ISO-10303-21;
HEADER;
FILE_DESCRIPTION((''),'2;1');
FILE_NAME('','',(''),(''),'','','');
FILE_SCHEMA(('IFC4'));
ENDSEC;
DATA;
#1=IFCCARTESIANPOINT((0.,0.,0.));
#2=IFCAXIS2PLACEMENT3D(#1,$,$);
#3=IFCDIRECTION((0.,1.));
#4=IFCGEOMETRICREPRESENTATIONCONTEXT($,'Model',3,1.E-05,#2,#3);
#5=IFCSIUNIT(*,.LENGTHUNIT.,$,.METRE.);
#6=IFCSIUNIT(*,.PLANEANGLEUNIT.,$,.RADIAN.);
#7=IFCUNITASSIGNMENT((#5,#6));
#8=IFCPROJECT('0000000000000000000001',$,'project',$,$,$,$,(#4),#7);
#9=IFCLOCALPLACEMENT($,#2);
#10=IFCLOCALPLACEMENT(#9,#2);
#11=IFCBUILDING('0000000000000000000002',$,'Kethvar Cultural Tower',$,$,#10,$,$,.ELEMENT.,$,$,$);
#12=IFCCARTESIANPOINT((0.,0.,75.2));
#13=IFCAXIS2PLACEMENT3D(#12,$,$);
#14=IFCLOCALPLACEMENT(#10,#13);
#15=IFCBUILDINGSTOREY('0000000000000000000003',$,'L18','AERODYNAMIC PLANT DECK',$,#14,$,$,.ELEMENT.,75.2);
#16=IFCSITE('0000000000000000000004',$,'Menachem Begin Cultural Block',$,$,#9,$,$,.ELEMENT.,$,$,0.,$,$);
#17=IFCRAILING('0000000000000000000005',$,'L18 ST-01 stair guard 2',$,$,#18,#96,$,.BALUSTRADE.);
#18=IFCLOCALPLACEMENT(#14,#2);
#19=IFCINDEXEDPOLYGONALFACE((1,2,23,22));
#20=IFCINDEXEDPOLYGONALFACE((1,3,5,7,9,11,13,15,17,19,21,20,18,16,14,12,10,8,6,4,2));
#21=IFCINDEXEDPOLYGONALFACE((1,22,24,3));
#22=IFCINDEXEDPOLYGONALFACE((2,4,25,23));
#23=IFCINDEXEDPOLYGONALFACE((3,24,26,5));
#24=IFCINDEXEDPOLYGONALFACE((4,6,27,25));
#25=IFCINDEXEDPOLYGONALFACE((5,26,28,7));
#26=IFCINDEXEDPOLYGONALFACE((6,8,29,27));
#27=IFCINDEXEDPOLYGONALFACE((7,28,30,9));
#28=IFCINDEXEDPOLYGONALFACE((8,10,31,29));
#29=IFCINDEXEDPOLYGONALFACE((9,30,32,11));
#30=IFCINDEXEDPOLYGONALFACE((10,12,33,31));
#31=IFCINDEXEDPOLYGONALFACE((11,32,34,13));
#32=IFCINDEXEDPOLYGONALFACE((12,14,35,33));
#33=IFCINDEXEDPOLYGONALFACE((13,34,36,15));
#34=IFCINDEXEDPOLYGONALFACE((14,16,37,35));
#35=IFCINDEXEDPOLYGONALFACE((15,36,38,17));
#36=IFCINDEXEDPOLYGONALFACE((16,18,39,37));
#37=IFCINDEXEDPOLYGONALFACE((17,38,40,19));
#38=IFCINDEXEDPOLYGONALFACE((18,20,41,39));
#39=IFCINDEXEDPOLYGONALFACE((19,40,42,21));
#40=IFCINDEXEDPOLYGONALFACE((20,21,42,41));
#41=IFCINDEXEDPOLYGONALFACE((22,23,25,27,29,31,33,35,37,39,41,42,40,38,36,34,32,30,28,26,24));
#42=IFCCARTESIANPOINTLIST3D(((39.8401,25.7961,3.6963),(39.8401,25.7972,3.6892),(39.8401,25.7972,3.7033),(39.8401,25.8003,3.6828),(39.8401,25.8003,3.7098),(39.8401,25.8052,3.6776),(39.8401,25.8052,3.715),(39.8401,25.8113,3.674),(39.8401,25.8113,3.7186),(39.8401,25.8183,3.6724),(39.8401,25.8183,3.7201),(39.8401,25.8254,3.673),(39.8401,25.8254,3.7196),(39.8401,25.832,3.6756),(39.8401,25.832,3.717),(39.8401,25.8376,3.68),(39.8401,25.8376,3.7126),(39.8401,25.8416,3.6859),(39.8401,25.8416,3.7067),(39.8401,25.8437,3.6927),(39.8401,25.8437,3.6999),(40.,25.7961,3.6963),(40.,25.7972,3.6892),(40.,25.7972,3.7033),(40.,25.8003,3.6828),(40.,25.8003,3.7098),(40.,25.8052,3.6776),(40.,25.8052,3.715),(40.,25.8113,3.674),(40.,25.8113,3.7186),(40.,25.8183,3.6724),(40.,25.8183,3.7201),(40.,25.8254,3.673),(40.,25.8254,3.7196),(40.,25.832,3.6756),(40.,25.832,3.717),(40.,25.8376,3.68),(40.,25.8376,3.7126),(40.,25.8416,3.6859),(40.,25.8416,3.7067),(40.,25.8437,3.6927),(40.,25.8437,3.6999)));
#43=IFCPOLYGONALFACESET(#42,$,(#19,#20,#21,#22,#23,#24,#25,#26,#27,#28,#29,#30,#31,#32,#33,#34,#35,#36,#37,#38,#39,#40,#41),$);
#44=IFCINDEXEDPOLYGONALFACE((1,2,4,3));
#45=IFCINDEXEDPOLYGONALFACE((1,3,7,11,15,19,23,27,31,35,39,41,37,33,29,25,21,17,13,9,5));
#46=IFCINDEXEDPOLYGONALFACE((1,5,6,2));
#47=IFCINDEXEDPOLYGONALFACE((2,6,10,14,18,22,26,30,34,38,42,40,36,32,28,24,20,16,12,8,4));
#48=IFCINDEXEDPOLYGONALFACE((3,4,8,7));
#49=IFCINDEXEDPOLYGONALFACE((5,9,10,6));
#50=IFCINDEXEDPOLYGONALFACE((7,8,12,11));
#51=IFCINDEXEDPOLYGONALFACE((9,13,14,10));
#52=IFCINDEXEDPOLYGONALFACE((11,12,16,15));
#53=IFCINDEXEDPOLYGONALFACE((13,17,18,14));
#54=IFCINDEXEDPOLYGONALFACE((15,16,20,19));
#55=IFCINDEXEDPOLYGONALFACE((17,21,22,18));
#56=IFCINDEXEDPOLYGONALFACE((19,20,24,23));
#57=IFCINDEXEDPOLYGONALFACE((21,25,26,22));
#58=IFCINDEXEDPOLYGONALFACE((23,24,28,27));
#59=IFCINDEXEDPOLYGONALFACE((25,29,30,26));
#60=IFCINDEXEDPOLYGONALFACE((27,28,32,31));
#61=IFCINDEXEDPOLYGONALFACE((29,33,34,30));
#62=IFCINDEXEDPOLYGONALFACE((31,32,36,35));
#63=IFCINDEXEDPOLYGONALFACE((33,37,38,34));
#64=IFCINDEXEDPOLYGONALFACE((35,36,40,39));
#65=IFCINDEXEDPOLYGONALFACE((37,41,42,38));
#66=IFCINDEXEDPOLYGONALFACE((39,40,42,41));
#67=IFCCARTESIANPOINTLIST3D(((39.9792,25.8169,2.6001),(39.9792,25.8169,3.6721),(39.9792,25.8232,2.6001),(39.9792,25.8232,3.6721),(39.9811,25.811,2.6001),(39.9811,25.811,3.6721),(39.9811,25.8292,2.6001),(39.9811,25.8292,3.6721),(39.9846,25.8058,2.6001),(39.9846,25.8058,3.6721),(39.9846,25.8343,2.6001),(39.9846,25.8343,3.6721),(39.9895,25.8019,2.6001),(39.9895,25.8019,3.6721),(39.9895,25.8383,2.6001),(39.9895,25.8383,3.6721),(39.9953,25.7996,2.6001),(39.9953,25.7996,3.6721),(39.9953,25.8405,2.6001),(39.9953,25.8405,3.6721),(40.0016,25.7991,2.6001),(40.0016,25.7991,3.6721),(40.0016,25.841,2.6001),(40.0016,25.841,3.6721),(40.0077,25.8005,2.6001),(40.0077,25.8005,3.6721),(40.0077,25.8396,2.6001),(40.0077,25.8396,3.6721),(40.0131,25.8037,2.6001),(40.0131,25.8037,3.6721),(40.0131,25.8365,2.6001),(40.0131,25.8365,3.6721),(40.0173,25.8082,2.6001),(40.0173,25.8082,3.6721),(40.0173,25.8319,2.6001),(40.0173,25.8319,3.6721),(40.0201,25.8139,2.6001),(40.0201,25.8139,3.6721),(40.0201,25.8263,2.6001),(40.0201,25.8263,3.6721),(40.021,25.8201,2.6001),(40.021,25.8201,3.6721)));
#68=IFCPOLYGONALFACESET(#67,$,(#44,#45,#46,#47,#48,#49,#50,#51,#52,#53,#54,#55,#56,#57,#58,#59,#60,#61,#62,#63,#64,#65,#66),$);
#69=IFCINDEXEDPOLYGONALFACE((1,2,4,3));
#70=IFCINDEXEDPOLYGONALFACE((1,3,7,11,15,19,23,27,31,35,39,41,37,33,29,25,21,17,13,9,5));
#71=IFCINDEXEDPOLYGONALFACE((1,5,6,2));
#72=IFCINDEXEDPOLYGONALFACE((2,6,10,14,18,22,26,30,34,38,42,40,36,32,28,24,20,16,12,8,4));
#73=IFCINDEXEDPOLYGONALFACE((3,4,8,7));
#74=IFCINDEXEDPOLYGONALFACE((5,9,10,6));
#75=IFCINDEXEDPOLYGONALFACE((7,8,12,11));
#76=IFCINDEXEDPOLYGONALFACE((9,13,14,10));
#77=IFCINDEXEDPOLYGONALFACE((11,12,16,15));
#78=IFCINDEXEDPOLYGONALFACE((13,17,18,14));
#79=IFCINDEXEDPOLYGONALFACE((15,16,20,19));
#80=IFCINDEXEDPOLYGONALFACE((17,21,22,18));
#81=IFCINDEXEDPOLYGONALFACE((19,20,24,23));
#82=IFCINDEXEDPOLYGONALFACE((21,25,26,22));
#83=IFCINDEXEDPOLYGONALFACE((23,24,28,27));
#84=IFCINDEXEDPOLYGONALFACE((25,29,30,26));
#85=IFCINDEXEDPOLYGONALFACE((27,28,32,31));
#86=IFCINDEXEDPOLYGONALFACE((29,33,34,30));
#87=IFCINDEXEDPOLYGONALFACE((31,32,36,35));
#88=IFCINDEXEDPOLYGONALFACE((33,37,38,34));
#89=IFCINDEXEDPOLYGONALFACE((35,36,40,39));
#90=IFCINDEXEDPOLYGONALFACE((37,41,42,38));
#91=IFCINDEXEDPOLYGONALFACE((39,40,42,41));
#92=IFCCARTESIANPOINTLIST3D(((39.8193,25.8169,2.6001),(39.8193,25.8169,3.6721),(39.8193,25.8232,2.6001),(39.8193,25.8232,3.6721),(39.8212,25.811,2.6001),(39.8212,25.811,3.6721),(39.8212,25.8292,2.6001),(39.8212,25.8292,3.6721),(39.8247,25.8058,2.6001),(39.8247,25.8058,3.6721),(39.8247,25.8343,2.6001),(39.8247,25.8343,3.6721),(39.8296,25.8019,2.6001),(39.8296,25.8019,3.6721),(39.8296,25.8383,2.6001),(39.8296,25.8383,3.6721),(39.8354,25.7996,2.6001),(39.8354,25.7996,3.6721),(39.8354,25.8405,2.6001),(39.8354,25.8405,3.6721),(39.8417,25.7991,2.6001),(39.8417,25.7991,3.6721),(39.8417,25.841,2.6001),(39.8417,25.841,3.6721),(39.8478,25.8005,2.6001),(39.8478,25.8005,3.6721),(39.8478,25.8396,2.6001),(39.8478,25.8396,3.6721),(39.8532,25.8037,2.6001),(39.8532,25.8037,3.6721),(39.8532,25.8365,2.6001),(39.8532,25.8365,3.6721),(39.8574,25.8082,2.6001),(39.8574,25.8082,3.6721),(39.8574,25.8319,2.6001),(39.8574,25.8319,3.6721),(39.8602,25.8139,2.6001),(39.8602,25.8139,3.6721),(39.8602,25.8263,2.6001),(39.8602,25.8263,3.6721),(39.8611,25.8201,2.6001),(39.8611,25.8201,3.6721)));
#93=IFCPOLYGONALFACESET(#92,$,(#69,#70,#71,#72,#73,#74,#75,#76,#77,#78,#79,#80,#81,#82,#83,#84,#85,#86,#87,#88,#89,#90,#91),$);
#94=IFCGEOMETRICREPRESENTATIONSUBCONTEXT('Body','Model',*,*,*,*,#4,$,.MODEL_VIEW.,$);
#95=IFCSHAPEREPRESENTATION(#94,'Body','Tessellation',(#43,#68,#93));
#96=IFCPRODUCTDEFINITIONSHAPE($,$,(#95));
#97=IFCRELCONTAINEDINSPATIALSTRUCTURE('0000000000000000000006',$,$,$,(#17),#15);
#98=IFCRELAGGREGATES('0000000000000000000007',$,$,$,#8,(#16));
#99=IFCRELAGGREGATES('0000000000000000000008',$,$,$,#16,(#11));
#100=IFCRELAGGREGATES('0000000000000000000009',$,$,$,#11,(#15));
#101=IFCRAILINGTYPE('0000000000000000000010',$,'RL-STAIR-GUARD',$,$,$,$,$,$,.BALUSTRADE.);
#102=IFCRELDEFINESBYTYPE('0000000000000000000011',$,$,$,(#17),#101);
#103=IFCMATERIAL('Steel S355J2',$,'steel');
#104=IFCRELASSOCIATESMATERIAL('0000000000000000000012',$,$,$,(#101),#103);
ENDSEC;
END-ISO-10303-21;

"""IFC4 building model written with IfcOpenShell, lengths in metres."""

from ifc_helpers import new_model, si_unit, direction, frame, origin, origin_2d, place, context, subcontext, project, spatial, circle, extrude, material, type_object, element, save


model = new_model("IFC4")

# Units and contexts
model_context = context("Model", 3, precision=1e-05, world=origin(), true_north=direction((0.0, 1.0)))
body_context = subcontext(model_context, "Body", "Model", "MODEL_VIEW")
ifc_project = project(units=[si_unit("LENGTHUNIT", "METRE"), si_unit("PLANEANGLEUNIT", "RADIAN")], contexts=[model_context])

# Site, building, storey
site_placement = place(None, origin())
site = spatial("IfcSite", under=ifc_project, at=site_placement, Name="Menachem Begin Cultural Block", CompositionType="ELEMENT", RefElevation=0.0)
building_placement = place(site_placement, origin())
building = spatial("IfcBuilding", under=site, at=building_placement, Name="Kethvar Cultural Tower", CompositionType="ELEMENT")
storey_placement = place(building_placement, frame((0.0, 0.0, 75.2)))
storey = spatial("IfcBuildingStorey", under=building, at=storey_placement, Name="L18", Description="AERODYNAMIC PLANT DECK", CompositionType="ELEMENT", Elevation=75.2)

# Shared definitions
ifc_material_1 = material(Name="Steel S355J2", Category="steel")

# Railing
railing_type_1 = type_object("IfcRailingType", Name="RL-STAIR-GUARD", PredefinedType="BALUSTRADE", material=ifc_material_1)
railing_1_placement = place(storey_placement, frame((40.0, 25.8201, 2.6001)))
element("IfcRailing", 1, at=railing_1_placement, inside=storey, type_object=railing_type_1, Name="L18 ST-01 stair guard 2", PredefinedType="BALUSTRADE", context=body_context, shape_type="SweptSolid", body=[
    extrude(circle(Radius=0.0239, at=origin_2d()), frame((0.0, 0.0, 1.0962), z_axis=(-1.0, 0.0, 0.0), x_axis=(0.0, -1.0, 0.0)), (0.0, 0.0, 1.0), 0.1599),
    extrude(circle(Radius=0.021, at=origin_2d()), origin(), (0.0, 0.0, 1.0), 1.072),
    extrude(circle(Radius=0.021, at=origin_2d()), frame((-0.1599, 0.0, 0.0)), (0.0, 0.0, 1.0), 1.072),
])

save(model, "model.ifc")
